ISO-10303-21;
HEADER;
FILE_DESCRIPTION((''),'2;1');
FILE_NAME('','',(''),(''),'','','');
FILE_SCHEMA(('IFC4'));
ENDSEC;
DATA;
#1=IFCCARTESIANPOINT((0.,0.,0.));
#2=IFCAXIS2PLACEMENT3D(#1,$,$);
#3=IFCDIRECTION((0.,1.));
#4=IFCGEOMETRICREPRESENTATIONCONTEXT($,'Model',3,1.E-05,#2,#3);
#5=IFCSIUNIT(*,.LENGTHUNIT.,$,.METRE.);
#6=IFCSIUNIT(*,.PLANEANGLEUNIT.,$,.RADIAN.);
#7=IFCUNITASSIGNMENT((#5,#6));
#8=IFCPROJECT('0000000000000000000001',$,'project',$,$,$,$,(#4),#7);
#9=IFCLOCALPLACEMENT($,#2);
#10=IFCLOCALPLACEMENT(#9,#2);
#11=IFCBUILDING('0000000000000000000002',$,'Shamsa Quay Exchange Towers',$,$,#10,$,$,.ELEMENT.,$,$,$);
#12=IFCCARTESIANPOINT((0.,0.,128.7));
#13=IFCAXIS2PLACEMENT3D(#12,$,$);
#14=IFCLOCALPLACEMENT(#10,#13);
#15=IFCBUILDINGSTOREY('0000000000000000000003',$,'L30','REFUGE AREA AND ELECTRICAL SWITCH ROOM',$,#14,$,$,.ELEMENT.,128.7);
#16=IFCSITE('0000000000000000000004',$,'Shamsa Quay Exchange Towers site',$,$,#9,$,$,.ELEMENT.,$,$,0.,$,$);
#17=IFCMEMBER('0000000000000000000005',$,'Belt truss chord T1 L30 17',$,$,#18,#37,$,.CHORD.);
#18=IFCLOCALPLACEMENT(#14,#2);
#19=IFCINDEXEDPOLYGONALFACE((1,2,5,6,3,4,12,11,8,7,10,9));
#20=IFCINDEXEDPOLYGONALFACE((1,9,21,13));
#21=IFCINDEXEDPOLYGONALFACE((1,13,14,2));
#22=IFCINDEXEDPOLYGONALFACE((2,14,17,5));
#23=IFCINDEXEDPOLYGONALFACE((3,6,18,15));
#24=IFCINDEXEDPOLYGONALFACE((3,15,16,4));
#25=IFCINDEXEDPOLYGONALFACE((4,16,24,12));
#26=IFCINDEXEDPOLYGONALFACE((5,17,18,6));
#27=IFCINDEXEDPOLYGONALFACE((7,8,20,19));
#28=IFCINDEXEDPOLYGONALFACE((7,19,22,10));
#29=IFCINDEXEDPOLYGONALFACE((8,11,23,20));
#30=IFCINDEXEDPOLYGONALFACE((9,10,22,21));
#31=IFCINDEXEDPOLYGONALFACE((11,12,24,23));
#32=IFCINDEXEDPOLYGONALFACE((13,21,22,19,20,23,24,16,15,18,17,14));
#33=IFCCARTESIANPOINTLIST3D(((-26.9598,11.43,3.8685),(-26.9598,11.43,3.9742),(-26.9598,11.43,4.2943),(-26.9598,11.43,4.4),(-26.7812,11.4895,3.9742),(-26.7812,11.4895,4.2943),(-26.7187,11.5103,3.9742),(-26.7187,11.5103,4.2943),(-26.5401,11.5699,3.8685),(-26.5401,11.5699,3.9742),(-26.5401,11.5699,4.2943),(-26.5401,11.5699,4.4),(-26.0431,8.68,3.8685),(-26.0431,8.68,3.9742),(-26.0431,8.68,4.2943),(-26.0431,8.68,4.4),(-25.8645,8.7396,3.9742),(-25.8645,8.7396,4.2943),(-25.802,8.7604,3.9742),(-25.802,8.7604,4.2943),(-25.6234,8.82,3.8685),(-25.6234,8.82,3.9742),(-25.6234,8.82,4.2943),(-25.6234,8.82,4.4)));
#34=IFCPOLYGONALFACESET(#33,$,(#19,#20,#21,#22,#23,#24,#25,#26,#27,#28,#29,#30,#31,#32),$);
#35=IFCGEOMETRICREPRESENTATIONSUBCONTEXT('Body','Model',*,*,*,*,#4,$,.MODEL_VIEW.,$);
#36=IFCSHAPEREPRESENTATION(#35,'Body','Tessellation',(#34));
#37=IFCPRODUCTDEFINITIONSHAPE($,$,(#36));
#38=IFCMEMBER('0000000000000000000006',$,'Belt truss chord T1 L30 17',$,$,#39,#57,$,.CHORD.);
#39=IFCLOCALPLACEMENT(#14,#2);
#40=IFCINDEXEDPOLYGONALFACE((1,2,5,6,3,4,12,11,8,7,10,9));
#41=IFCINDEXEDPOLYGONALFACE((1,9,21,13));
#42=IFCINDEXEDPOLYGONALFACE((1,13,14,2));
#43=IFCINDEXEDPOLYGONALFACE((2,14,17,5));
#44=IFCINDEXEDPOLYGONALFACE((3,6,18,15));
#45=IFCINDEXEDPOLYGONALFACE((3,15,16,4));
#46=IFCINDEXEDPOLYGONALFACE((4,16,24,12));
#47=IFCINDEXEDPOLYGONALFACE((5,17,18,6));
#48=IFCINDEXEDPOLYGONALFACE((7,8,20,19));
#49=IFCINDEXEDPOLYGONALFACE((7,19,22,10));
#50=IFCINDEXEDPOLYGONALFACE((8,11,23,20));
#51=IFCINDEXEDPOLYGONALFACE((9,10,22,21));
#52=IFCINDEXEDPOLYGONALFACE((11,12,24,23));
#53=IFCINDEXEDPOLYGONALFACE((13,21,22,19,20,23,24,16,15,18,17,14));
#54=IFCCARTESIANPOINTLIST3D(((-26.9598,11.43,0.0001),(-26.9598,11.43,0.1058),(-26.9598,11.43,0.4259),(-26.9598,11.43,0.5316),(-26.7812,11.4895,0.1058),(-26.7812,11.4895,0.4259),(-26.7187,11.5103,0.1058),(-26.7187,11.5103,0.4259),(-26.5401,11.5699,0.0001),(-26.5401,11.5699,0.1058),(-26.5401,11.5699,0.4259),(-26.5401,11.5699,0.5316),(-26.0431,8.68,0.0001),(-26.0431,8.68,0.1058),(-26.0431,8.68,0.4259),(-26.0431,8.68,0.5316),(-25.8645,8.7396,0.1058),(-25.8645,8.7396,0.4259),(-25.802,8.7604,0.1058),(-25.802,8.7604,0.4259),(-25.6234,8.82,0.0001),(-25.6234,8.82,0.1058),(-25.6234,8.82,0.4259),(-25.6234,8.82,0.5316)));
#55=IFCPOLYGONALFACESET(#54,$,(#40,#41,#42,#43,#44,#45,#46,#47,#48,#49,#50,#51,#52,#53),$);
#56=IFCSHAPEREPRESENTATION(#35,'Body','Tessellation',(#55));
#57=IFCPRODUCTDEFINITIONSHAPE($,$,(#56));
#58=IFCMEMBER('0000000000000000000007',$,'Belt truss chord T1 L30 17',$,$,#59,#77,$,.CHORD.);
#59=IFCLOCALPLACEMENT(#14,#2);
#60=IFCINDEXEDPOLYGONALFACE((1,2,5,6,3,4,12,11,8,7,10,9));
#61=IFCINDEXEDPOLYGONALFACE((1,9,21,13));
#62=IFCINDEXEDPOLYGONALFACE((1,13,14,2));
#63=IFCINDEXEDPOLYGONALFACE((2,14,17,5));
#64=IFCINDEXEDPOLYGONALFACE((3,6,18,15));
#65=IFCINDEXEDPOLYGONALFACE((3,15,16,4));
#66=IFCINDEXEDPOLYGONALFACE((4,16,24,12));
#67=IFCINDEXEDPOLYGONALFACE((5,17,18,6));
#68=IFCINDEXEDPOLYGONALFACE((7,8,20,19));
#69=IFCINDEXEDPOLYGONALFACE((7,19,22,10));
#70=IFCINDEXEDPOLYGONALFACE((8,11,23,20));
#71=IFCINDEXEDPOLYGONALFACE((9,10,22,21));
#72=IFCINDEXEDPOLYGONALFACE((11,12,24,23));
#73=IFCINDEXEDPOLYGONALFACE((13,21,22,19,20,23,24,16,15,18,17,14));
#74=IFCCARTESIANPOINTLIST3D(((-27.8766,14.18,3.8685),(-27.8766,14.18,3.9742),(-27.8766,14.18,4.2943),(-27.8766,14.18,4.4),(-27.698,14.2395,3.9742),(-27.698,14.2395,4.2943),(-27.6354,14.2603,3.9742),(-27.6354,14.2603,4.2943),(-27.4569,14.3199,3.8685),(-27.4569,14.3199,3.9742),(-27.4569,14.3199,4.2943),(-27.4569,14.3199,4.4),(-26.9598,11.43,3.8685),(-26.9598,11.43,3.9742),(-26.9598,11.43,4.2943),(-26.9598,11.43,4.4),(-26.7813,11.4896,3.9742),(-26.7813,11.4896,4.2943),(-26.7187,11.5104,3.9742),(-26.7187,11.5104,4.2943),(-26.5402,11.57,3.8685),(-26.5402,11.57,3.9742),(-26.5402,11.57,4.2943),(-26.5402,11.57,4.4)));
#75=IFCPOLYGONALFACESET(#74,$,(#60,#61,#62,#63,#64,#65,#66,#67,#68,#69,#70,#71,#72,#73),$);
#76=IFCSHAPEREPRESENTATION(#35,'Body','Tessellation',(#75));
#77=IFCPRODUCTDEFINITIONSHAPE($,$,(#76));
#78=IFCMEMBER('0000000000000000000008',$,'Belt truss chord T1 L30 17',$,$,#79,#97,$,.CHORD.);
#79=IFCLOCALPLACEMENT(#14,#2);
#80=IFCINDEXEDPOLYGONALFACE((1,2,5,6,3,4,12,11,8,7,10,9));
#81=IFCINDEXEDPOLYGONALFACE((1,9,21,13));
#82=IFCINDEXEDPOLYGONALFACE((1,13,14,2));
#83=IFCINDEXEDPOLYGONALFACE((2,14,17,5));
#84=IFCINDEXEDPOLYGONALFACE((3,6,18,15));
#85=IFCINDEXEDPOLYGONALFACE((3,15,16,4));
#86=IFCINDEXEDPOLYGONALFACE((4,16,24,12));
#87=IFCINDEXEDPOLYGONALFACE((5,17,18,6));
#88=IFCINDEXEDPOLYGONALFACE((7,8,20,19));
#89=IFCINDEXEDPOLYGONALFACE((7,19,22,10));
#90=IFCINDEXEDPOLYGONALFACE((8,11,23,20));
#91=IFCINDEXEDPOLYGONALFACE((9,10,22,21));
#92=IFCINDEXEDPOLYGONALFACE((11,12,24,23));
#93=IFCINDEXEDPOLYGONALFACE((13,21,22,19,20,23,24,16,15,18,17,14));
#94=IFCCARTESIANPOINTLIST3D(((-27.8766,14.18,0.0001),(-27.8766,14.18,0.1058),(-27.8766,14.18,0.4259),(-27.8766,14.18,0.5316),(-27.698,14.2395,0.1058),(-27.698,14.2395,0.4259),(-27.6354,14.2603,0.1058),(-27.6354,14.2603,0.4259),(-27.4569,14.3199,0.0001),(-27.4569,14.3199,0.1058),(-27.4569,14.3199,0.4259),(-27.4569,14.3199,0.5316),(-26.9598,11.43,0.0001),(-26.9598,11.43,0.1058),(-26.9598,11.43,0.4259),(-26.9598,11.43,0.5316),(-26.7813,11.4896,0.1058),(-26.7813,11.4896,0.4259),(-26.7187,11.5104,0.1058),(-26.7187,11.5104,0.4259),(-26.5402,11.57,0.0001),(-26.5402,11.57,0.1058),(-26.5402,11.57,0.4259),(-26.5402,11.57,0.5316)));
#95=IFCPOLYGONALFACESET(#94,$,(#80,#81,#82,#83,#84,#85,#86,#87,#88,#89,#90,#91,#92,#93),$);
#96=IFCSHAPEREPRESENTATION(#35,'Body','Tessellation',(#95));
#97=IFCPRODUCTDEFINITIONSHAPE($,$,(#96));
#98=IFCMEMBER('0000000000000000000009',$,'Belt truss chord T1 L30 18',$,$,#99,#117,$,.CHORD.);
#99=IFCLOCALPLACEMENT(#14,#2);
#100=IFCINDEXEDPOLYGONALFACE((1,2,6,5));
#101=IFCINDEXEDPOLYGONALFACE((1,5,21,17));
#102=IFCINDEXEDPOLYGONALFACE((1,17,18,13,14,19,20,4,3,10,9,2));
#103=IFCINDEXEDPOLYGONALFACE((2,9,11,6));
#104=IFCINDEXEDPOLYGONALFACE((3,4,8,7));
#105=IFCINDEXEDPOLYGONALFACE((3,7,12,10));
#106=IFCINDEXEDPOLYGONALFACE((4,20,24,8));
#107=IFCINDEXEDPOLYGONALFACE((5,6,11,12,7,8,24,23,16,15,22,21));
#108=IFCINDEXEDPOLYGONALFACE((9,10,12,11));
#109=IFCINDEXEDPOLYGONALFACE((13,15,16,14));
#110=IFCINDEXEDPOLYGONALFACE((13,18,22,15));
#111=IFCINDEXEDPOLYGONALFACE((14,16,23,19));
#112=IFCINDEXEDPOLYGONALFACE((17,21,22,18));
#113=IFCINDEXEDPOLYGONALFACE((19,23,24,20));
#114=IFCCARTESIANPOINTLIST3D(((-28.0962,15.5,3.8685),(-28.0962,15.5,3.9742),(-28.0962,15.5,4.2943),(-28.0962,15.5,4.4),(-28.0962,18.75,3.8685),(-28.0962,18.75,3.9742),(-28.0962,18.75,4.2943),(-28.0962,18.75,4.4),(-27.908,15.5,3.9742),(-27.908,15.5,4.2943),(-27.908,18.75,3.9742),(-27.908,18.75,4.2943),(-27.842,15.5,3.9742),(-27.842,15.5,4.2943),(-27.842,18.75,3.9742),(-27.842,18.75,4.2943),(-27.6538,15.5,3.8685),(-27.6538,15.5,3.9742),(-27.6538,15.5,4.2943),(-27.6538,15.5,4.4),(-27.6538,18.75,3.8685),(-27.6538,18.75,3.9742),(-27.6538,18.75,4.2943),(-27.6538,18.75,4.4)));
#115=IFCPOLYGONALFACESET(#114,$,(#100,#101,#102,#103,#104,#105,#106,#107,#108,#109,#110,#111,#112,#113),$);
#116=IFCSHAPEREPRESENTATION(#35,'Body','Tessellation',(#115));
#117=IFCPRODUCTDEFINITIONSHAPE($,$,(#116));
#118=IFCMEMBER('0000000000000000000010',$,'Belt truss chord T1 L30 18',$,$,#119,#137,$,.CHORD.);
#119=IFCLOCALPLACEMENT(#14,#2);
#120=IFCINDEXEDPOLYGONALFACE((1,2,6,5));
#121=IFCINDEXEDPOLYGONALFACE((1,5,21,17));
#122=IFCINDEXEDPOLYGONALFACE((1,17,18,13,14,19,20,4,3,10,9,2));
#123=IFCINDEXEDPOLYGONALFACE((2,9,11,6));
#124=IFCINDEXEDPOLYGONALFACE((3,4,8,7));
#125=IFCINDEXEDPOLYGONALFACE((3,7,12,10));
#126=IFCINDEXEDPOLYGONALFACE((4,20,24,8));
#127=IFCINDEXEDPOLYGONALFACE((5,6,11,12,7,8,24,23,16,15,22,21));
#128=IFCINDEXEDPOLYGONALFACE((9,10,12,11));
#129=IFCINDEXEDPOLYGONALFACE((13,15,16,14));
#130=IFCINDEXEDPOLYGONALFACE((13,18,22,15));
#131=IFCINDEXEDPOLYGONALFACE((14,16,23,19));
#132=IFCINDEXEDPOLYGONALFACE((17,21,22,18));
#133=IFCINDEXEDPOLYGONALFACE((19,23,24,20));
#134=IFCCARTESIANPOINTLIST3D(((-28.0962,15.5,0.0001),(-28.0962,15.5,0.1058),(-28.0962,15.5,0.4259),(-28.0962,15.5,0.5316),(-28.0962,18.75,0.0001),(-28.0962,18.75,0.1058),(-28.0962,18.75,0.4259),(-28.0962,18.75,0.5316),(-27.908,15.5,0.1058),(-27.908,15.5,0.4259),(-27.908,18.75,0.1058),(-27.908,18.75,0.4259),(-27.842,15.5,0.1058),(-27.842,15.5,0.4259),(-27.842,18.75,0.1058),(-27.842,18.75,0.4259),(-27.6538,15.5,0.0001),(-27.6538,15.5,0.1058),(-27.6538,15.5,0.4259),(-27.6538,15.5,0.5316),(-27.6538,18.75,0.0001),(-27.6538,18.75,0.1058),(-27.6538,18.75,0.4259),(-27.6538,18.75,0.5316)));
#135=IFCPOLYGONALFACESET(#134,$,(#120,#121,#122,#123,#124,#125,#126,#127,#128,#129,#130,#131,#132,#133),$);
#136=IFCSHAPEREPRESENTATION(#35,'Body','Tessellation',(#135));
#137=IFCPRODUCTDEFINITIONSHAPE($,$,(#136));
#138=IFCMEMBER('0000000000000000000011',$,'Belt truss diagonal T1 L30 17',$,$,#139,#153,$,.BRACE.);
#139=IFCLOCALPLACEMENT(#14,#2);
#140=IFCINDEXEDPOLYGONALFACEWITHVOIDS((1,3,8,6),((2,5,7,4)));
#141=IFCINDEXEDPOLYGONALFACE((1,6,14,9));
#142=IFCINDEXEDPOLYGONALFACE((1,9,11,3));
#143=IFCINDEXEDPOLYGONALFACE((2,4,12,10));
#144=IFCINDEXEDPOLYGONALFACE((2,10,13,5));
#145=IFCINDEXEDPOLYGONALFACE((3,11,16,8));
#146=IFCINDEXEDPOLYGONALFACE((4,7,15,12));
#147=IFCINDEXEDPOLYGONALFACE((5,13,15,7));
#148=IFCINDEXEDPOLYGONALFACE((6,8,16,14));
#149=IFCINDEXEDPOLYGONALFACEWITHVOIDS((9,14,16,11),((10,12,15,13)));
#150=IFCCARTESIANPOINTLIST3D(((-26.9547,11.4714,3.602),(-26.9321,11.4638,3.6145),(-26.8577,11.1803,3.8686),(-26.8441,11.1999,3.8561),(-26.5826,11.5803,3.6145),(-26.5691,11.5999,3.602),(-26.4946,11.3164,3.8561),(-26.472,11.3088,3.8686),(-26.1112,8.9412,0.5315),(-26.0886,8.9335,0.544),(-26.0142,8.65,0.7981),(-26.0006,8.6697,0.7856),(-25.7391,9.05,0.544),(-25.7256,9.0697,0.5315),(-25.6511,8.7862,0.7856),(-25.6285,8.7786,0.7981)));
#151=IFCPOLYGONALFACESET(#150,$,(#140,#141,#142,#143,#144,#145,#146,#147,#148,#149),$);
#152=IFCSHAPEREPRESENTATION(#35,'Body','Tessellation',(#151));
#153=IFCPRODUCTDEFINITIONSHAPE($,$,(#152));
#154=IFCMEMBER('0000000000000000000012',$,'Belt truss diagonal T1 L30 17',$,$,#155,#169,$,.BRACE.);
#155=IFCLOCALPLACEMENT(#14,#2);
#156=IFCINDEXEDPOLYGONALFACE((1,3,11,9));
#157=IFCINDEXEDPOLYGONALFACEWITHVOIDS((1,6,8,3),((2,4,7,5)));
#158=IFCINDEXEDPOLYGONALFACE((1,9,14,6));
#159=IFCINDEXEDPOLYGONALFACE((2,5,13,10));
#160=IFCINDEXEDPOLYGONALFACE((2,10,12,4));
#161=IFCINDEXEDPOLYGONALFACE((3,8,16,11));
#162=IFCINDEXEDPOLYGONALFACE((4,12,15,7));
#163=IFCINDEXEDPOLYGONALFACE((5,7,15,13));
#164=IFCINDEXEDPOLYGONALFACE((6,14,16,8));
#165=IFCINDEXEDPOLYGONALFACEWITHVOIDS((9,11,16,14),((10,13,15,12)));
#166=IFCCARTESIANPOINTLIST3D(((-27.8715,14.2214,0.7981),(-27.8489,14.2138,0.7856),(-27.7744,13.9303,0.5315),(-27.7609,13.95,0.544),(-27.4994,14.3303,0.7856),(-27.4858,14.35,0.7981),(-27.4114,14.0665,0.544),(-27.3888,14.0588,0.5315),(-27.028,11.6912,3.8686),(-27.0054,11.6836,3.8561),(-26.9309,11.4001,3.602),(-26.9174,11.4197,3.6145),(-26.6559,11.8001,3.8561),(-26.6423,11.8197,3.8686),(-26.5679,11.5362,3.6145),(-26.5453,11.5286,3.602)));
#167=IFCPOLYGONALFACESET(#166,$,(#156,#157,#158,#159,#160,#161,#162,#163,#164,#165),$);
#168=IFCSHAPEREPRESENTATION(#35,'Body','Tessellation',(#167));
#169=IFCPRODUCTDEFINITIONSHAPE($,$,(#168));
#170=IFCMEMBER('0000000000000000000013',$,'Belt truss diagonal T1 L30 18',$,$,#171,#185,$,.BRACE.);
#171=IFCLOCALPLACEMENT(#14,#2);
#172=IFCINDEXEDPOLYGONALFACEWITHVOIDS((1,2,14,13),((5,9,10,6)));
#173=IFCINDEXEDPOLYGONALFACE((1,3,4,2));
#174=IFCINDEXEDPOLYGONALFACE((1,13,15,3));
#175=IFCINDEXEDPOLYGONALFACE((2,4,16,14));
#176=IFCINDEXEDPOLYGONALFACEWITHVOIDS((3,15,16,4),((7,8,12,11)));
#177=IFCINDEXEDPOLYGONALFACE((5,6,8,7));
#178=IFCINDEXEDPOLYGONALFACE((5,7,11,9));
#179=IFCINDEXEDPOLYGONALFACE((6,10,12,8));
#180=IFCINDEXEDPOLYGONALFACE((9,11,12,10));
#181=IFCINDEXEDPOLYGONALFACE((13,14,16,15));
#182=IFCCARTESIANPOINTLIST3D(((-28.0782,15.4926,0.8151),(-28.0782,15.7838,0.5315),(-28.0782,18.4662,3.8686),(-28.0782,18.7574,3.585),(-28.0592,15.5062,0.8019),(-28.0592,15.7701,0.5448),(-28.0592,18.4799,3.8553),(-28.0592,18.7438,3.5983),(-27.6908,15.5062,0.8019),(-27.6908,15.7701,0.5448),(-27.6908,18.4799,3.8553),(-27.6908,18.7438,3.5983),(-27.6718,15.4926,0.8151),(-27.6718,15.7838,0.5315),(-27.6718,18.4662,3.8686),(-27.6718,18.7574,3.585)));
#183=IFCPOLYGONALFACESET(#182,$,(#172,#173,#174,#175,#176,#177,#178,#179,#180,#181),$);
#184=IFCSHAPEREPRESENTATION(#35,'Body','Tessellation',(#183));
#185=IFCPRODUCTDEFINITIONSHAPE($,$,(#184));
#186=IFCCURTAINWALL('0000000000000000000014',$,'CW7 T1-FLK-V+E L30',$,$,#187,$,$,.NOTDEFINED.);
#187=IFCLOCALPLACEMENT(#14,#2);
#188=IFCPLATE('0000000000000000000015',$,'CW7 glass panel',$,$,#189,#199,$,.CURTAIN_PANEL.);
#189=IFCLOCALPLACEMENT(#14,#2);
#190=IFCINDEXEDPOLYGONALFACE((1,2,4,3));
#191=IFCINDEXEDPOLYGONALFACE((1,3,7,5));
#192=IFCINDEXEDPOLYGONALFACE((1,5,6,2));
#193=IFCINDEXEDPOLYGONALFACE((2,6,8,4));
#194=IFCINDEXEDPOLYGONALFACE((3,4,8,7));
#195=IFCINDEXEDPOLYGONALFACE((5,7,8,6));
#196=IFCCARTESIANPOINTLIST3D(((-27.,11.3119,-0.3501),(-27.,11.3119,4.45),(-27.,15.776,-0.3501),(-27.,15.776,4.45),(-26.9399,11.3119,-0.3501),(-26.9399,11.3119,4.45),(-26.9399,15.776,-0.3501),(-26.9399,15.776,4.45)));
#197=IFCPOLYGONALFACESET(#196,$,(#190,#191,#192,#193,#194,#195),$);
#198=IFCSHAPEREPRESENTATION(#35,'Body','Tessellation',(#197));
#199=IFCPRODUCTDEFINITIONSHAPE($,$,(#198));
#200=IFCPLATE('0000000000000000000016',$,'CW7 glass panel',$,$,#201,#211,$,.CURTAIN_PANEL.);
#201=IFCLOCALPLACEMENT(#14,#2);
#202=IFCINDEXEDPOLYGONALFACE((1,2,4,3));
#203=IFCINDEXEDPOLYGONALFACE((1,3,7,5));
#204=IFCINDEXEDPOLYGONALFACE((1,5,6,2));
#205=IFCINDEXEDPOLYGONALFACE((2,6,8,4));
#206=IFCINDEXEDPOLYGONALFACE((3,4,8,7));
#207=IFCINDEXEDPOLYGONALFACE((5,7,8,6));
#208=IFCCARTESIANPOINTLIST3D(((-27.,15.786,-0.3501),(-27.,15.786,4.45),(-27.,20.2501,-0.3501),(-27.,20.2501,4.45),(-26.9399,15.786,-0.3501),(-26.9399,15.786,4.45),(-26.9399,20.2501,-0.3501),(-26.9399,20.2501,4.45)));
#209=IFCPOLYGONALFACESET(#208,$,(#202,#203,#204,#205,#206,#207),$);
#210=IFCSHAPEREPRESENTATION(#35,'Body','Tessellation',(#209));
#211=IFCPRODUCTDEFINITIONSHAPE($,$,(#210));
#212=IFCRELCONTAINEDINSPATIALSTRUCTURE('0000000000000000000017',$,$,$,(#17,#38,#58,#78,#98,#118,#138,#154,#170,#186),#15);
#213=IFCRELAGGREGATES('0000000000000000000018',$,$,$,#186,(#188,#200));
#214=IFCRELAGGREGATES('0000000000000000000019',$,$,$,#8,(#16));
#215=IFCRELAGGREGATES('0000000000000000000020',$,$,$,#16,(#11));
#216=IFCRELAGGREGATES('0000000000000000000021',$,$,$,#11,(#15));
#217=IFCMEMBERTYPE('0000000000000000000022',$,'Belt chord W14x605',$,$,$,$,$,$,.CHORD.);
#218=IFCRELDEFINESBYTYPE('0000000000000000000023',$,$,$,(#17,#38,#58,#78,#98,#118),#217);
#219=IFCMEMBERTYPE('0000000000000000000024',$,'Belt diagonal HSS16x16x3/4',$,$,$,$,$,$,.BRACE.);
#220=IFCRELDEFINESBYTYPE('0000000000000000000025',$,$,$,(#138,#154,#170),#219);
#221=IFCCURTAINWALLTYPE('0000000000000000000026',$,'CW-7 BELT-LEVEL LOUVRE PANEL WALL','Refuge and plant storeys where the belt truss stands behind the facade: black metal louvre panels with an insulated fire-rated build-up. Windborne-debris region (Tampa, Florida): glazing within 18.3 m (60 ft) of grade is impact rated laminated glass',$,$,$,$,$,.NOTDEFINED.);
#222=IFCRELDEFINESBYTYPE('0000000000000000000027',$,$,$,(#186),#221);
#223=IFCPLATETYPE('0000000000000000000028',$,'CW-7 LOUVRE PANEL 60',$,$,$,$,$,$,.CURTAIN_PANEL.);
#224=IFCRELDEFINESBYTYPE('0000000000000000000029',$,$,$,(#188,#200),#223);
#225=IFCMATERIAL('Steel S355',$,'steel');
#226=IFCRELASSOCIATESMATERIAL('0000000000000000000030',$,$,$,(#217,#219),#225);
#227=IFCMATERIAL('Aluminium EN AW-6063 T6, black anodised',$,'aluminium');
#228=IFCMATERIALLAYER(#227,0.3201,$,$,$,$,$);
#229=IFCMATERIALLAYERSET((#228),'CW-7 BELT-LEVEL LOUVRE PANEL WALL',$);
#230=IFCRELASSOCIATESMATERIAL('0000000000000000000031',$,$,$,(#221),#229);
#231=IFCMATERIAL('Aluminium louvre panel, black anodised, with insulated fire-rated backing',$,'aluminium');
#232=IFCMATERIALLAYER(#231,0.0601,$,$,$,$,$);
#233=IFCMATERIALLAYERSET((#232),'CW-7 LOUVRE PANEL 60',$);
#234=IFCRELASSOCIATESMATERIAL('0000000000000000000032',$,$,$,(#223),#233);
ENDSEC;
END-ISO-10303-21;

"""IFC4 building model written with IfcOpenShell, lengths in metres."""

from ifc_helpers import new_model, si_unit, direction, frame, origin, origin_2d, place, context, subcontext, project, spatial, rectangle, hollow_rectangle, i_section, extrude, material, layer, layer_set, material_profile, profile_set, type_object, element, aggregate, save


model = new_model("IFC4")

# Units and contexts
model_context = context("Model", 3, precision=1e-05, world=origin(), true_north=direction((0.0, 1.0)))
body_context = subcontext(model_context, "Body", "Model", "MODEL_VIEW")
ifc_project = project(units=[si_unit("LENGTHUNIT", "METRE"), si_unit("PLANEANGLEUNIT", "RADIAN")], contexts=[model_context])

# Site, building, storey
site_placement = place(None, origin())
site = spatial("IfcSite", under=ifc_project, at=site_placement, Name="Shamsa Quay Exchange Towers site", CompositionType="ELEMENT", RefElevation=0.0)
building_placement = place(site_placement, origin())
building = spatial("IfcBuilding", under=site, at=building_placement, Name="Shamsa Quay Exchange Towers", CompositionType="ELEMENT")
storey_placement = place(building_placement, frame((0.0, 0.0, 128.7)))
storey = spatial("IfcBuildingStorey", under=building, at=storey_placement, Name="L30", Description="REFUGE AREA AND ELECTRICAL SWITCH ROOM", CompositionType="ELEMENT", Elevation=128.7)

# Members
ifc_material_1 = material(Name="Steel S355", Category="steel")
ifc_material_profile_1 = material_profile(ifc_material_1, i_section(OverallWidth=0.4424, OverallDepth=0.5315, WebThickness=0.0659, FlangeThickness=0.1057, at=origin_2d()), Name="W14x605")
ifc_profile_set_1 = profile_set([ifc_material_profile_1], Name="Steel S355")
member_type_1 = type_object("IfcMemberType", Name="Belt chord W14x605", PredefinedType="CHORD", material=ifc_profile_set_1)
for number, where, z_axis, x_axis, name in (
    (1, (-25.8333, 8.75, 4.1343), (-0.316253, 0.948675, 0.0), (-0.948675, -0.316253, 0.0), "Belt truss chord T1 L30 17"),
    (2, (-25.8333, 8.75, 0.2659), (-0.316253, 0.948675, 0.0), (-0.948675, -0.316253, 0.0), "Belt truss chord T1 L30 17"),
    (3, (-26.75, 11.5, 4.1343), (-0.316253, 0.948675, 0.0), (-0.948675, -0.316253, 0.0), "Belt truss chord T1 L30 17"),
    (4, (-26.75, 11.5, 0.2659), (-0.316253, 0.948675, 0.0), (-0.948675, -0.316253, 0.0), "Belt truss chord T1 L30 17"),
):
    element("IfcMember", number, at=place(storey_placement, frame(where, z_axis=z_axis, x_axis=x_axis)), inside=storey, type_object=member_type_1, Name=name, PredefinedType="CHORD", context=body_context, shape_type="SweptSolid", body=[
        extrude(i_section(OverallWidth=0.4424, OverallDepth=0.5315, WebThickness=0.0659, FlangeThickness=0.1057, at=origin_2d()), origin(), (0.0, 0.0, 1.0), 2.8987),
    ])
for number, where, z_axis, x_axis, name in (
    (5, (-27.875, 15.5, 4.1343), (0.0, 1.0, 0.0), (-1.0, 0.0, 0.0), "Belt truss chord T1 L30 18"),
    (6, (-27.875, 15.5, 0.2659), (0.0, 1.0, 0.0), (-1.0, 0.0, 0.0), "Belt truss chord T1 L30 18"),
):
    element("IfcMember", number, at=place(storey_placement, frame(where, z_axis=z_axis, x_axis=x_axis)), inside=storey, type_object=member_type_1, Name=name, PredefinedType="CHORD", context=body_context, shape_type="SweptSolid", body=[
        extrude(i_section(OverallWidth=0.4424, OverallDepth=0.5315, WebThickness=0.0659, FlangeThickness=0.1057, at=origin_2d()), origin(), (0.0, 0.0, 1.0), 3.25),
    ])
ifc_material_profile_2 = material_profile(ifc_material_1, hollow_rectangle(XDim=0.4065, YDim=0.4065, WallThickness=0.019, at=origin_2d()), Name="HSS16x16x3/4")
ifc_profile_set_2 = profile_set([ifc_material_profile_2], Name="Steel S355")
member_type_2 = type_object("IfcMemberType", Name="Belt diagonal HSS16x16x3/4", PredefinedType="BRACE", material=ifc_profile_set_2)
for number, where, z_axis, x_axis, name in (
    (7, (-25.8699, 8.8599, 0.6648), (-0.207392, 0.622117, 0.754956), (-0.948674, -0.316255, 0.0), "Belt truss diagonal T1 L30 17"),
    (8, (-27.6301, 14.1401, 0.6648), (0.207392, -0.622117, 0.754956), (0.948674, 0.316255, 0.0), "Belt truss diagonal T1 L30 17"),
):
    element("IfcMember", number, at=place(storey_placement, frame(where, z_axis=z_axis, x_axis=x_axis)), inside=storey, type_object=member_type_2, Name=name, PredefinedType="BRACE", context=body_context, shape_type="SweptSolid", body=[
        extrude(hollow_rectangle(XDim=0.4065, YDim=0.4065, WallThickness=0.019, at=origin_2d()), origin(), (0.0, 0.0, 1.0), 4.0671),
    ])
member_placement = place(storey_placement, frame((-27.875, 15.6382, 0.6733), z_axis=(0.0, 0.697679, 0.71641), x_axis=(-1.0, 0.0, 0.0)))
element("IfcMember", 9, at=member_placement, inside=storey, type_object=member_type_2, Name="Belt truss diagonal T1 L30 18", PredefinedType="BRACE", context=body_context, shape_type="SweptSolid", body=[
    extrude(hollow_rectangle(XDim=0.4065, YDim=0.4065, WallThickness=0.019, at=origin_2d()), origin(), (0.0, 0.0, 1.0), 4.2622),
])

# Curtain wall, plates
ifc_material_2 = material(Name="Aluminium EN AW-6063 T6, black anodised", Category="aluminium")
ifc_layer_1 = layer(ifc_material_2, 0.3201)
ifc_layer_set_1 = layer_set([ifc_layer_1], Name="CW-7 BELT-LEVEL LOUVRE PANEL WALL")
curtain_wall_type = type_object("IfcCurtainWallType", Name="CW-7 BELT-LEVEL LOUVRE PANEL WALL", Description="Refuge and plant storeys where the belt truss stands behind the facade: black metal louvre panels with an insulated fire-rated build-up. Windborne-debris region (Tampa, Florida): glazing within 18.3 m (60 ft) of grade is impact rated laminated glass", PredefinedType="NOTDEFINED", material=ifc_layer_set_1)
curtain_wall_1_placement = place(storey_placement, origin())
curtain_wall_1 = element("IfcCurtainWall", 10, at=curtain_wall_1_placement, inside=storey, type_object=curtain_wall_type, Name="CW7 T1-FLK-V+E L30", PredefinedType="NOTDEFINED")
ifc_material_3 = material(Name="Aluminium louvre panel, black anodised, with insulated fire-rated backing", Category="aluminium")
ifc_layer_2 = layer(ifc_material_3, 0.0601)
ifc_layer_set_2 = layer_set([ifc_layer_2], Name="CW-7 LOUVRE PANEL 60")
plate_type = type_object("IfcPlateType", Name="CW-7 LOUVRE PANEL 60", PredefinedType="CURTAIN_PANEL", material=ifc_layer_set_2)
plate_1_placement = place(storey_placement, frame((-26.97, 13.5439, -0.3501), z_axis=(0.0, 0.0, 1.0), x_axis=(0.0, 1.0, 0.0)))
plate_1 = element("IfcPlate", 11, at=plate_1_placement, type_object=plate_type, Name="CW7 glass panel", PredefinedType="CURTAIN_PANEL", context=body_context, shape_type="SweptSolid", body=[
    extrude(rectangle(XDim=4.4641, YDim=0.0601, at=origin_2d()), origin(), (0.0, 0.0, 1.0), 4.8),
])
plate_2_placement = place(storey_placement, frame((-26.97, 18.0181, -0.3501), z_axis=(0.0, 0.0, 1.0), x_axis=(0.0, 1.0, 0.0)))
plate_2 = element("IfcPlate", 12, at=plate_2_placement, type_object=plate_type, Name="CW7 glass panel", PredefinedType="CURTAIN_PANEL", context=body_context, shape_type="SweptSolid", body=[
    extrude(rectangle(XDim=4.4641, YDim=0.0601, at=origin_2d()), origin(), (0.0, 0.0, 1.0), 4.8),
])
aggregate(curtain_wall_1, [plate_1, plate_2])

save(model, "model.ifc")
